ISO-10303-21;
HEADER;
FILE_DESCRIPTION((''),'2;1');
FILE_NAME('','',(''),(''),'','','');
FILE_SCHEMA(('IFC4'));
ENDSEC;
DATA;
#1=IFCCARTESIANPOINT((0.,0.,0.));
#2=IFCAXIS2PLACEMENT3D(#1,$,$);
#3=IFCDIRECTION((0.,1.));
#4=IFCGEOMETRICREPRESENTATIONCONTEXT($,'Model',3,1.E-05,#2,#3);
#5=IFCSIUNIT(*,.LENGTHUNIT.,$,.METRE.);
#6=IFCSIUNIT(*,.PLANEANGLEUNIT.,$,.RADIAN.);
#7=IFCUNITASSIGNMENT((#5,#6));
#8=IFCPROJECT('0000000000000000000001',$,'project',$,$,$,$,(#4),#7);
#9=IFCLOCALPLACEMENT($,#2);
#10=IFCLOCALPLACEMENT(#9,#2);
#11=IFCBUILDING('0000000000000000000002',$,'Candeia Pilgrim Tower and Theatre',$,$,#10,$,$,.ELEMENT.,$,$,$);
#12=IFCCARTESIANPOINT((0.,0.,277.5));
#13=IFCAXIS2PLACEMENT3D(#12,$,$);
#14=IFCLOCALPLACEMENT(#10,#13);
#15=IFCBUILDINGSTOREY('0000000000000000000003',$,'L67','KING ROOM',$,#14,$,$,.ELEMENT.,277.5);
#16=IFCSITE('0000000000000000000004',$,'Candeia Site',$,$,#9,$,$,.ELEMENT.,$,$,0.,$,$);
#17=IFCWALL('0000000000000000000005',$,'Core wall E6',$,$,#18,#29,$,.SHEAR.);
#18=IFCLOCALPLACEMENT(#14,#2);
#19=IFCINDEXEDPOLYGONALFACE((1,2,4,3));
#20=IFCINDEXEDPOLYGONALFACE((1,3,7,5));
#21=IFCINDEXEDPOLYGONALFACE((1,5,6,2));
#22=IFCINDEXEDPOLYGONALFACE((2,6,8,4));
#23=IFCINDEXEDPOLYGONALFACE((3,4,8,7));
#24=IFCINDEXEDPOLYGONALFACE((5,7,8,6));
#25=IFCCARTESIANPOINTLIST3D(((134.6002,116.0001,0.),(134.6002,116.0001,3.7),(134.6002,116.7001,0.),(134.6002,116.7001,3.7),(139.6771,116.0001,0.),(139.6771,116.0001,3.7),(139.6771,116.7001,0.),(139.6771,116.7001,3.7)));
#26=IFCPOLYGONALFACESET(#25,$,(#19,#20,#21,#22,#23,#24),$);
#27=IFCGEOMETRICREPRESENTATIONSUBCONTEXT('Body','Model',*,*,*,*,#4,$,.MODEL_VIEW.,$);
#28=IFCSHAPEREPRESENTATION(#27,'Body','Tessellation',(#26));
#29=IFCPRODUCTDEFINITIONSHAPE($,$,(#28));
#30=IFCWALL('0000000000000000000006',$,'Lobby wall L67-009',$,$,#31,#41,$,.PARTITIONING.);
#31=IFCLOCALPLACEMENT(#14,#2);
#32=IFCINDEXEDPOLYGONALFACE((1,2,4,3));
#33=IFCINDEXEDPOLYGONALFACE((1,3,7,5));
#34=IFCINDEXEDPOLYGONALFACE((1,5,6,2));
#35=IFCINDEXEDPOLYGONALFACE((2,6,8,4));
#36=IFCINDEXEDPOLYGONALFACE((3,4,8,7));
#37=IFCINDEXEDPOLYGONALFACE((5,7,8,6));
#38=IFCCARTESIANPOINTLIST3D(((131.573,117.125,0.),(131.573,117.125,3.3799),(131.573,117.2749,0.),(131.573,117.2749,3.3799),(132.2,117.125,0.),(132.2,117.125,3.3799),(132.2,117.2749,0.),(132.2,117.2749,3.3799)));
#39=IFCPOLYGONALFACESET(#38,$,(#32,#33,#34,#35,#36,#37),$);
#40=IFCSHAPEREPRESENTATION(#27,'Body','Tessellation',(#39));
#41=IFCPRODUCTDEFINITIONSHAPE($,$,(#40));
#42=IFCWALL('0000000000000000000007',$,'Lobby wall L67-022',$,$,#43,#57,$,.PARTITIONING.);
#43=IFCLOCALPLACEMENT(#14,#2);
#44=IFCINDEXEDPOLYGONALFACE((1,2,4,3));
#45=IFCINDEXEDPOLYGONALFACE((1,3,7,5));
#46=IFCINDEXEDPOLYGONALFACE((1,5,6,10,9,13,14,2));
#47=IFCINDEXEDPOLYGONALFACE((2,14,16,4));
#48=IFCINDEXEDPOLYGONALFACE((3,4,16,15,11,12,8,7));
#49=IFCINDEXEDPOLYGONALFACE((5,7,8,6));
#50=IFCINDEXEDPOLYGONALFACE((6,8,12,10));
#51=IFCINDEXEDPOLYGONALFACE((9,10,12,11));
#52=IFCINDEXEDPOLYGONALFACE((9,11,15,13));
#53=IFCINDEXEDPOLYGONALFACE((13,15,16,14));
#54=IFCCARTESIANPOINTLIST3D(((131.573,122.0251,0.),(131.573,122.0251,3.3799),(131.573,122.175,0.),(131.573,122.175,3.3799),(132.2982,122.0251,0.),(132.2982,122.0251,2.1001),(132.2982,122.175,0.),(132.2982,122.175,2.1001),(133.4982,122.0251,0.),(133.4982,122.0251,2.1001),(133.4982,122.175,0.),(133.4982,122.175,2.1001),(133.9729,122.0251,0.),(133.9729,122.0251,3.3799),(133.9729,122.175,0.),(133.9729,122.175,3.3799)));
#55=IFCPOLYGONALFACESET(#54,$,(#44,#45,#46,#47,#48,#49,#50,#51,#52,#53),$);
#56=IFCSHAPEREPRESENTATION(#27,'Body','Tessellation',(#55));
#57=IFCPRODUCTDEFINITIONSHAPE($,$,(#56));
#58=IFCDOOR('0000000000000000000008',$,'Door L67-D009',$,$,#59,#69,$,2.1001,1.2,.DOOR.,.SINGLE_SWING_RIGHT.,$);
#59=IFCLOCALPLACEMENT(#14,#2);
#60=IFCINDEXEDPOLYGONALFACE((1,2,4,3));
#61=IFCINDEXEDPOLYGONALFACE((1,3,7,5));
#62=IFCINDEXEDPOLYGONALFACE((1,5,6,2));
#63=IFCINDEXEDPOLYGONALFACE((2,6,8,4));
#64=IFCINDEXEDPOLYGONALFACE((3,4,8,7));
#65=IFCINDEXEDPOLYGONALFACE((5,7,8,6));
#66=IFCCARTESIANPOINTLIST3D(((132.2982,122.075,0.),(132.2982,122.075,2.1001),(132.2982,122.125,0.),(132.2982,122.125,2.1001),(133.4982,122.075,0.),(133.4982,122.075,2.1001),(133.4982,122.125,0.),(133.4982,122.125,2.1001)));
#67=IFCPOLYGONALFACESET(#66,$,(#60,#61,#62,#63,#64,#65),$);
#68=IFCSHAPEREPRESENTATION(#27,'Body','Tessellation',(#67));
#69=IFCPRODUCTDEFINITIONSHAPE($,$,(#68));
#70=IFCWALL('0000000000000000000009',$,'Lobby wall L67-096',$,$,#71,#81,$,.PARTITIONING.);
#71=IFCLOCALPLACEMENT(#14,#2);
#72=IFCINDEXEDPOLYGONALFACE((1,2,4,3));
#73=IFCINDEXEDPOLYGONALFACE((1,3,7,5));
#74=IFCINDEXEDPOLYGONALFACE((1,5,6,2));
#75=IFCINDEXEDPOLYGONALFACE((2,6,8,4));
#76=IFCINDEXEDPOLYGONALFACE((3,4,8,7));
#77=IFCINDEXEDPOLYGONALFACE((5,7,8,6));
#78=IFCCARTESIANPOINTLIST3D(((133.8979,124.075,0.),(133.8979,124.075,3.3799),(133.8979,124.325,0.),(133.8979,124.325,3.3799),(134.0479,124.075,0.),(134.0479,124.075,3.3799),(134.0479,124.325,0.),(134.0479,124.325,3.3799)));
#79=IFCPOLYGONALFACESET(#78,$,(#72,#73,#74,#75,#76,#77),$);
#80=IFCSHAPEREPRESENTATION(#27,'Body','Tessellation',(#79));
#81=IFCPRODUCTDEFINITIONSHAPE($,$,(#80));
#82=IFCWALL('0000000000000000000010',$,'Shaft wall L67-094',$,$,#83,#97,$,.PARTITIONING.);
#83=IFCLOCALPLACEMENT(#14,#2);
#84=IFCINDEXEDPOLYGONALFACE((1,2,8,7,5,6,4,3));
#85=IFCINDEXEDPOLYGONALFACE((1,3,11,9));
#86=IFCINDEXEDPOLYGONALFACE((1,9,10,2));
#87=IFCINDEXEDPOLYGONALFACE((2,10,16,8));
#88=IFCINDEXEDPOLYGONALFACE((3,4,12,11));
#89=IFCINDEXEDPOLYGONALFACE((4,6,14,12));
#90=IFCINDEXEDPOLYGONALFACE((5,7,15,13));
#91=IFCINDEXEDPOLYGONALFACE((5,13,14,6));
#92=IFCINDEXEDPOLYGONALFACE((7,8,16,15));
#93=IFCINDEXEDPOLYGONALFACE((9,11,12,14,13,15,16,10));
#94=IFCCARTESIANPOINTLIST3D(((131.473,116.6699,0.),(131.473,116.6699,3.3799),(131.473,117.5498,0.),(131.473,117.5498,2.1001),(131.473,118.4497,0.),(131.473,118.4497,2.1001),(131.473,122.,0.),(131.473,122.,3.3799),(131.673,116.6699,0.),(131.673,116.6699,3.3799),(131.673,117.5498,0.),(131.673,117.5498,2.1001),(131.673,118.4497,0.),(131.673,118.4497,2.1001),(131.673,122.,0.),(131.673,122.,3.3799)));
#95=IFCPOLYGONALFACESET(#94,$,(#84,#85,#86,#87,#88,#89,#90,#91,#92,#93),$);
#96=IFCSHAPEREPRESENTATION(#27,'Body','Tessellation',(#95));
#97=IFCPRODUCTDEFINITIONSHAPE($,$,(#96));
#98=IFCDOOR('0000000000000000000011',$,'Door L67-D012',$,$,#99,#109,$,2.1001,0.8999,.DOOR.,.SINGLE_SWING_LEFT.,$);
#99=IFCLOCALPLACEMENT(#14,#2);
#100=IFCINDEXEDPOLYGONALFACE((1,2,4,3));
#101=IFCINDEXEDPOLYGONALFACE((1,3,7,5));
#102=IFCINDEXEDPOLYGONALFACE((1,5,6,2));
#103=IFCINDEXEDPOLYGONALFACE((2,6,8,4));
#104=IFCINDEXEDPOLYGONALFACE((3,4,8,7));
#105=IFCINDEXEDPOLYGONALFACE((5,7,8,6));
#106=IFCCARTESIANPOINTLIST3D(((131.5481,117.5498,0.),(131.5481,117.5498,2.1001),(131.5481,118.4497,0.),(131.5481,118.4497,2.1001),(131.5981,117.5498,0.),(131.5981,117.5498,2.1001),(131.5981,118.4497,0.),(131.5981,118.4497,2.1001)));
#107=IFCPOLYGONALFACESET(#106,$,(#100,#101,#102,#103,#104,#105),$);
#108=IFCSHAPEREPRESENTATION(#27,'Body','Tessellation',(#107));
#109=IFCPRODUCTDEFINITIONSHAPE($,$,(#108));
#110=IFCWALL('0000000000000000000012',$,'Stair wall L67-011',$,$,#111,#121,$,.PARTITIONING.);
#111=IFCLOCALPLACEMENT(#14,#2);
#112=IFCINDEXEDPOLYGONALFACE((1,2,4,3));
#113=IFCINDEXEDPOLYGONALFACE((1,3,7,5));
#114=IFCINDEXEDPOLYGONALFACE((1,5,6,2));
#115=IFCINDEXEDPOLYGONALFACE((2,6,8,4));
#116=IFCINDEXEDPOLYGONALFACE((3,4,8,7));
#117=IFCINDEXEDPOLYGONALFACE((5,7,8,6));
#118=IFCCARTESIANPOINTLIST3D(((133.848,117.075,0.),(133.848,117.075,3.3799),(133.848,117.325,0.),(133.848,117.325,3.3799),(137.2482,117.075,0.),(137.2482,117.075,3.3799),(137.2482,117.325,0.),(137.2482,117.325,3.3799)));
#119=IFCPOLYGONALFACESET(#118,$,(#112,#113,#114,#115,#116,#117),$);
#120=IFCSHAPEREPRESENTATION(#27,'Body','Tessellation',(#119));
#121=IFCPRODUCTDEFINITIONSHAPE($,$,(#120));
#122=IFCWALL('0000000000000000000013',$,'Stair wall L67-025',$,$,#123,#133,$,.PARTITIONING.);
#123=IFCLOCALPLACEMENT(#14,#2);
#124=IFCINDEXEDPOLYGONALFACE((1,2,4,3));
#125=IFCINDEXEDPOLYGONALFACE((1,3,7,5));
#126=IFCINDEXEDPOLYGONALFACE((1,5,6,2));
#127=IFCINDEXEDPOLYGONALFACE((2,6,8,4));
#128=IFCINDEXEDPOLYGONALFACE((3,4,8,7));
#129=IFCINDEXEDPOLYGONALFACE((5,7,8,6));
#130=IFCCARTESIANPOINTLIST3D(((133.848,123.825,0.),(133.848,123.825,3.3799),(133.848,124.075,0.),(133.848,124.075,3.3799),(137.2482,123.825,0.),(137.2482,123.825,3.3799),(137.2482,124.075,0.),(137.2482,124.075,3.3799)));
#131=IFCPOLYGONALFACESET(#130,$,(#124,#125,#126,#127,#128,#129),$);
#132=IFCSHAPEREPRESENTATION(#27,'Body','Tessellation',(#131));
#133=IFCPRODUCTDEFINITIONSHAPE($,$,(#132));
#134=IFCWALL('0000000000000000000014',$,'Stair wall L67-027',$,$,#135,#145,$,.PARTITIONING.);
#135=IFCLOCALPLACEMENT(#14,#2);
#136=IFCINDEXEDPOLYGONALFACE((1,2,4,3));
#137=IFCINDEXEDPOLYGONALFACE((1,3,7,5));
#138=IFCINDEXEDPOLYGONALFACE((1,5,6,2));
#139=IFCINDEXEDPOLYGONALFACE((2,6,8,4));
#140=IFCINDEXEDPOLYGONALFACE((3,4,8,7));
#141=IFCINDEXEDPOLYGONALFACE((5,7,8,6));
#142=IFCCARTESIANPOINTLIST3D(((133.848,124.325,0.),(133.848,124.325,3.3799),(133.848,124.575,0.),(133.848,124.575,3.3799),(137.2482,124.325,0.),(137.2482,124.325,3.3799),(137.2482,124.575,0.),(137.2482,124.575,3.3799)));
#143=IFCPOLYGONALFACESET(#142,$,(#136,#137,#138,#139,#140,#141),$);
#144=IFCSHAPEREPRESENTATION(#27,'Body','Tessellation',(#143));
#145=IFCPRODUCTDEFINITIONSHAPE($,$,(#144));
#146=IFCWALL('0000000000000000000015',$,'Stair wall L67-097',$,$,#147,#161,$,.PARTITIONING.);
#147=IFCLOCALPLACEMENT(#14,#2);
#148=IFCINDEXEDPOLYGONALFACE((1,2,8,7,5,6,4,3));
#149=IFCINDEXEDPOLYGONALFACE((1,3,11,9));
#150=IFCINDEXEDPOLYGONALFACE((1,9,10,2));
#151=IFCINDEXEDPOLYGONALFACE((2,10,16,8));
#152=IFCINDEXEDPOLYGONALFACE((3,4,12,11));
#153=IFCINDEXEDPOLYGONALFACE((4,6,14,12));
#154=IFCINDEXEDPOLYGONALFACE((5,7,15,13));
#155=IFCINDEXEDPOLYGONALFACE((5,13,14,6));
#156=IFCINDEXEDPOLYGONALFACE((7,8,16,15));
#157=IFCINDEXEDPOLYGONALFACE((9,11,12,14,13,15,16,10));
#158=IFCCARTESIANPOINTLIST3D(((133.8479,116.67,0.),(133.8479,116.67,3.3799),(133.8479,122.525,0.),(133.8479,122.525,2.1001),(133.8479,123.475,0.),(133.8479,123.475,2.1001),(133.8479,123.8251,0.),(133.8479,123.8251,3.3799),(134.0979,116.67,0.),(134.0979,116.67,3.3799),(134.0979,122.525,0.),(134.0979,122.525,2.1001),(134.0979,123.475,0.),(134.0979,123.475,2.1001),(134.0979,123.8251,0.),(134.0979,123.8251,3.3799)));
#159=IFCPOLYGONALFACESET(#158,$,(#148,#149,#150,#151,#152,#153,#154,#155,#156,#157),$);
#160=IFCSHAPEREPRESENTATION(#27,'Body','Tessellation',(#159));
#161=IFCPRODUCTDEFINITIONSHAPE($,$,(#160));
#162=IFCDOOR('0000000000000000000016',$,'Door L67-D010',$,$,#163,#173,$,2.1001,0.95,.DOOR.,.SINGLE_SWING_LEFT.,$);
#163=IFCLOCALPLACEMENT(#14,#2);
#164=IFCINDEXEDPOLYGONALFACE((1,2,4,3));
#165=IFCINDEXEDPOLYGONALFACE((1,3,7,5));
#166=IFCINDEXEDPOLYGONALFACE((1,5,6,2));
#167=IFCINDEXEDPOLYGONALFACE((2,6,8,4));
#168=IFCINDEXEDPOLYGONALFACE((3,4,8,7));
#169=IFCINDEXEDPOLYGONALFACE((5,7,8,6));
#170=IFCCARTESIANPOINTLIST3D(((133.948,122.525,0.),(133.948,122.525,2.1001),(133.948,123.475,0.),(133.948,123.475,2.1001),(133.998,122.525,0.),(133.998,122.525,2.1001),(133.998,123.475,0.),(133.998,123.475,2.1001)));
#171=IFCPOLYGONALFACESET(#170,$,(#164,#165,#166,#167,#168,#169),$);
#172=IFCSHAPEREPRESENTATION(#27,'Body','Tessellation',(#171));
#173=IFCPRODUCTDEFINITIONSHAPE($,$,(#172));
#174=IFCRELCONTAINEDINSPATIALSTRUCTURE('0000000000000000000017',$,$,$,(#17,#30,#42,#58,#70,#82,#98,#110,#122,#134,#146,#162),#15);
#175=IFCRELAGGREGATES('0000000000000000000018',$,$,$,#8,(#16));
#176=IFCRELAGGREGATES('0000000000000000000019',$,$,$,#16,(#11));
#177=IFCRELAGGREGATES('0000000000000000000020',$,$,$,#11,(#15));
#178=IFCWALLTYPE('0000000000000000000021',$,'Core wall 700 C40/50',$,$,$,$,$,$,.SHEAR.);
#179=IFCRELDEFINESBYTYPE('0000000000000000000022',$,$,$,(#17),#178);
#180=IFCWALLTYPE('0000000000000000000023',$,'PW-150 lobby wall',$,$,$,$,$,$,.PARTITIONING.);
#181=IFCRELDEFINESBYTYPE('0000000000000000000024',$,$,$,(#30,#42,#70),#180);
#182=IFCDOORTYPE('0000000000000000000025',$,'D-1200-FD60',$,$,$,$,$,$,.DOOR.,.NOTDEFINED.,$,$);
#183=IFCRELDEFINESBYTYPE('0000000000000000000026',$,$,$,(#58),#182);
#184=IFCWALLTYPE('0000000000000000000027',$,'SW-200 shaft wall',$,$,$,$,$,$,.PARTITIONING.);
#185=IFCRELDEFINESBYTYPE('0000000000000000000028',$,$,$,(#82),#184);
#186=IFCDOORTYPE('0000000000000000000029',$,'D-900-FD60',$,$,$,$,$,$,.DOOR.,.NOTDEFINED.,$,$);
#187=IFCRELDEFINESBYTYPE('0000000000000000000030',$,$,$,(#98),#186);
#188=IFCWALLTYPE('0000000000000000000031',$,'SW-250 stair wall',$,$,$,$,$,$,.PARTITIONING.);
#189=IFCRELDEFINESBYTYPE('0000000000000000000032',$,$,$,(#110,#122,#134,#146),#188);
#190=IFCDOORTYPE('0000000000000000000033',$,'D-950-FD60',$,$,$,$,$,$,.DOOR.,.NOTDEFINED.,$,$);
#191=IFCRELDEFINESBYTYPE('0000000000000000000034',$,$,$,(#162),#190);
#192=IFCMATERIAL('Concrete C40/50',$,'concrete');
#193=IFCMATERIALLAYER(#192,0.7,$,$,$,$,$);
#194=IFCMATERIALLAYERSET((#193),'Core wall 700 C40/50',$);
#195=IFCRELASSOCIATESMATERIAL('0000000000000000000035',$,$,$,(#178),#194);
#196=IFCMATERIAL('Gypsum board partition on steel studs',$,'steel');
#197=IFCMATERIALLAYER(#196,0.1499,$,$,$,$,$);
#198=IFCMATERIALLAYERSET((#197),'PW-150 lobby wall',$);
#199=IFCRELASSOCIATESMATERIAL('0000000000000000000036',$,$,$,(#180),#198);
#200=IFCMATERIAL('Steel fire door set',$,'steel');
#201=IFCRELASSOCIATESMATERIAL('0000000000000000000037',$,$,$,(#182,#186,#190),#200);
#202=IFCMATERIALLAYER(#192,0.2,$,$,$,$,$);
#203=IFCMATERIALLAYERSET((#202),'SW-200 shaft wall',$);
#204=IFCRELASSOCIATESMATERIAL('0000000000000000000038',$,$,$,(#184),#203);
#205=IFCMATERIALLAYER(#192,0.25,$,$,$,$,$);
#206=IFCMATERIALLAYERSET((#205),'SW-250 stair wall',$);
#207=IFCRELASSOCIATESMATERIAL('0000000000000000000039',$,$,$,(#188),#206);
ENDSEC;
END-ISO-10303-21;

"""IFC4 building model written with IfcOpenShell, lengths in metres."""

from ifc_helpers import new_model, si_unit, direction, frame, frame_2d, origin, place, context, subcontext, project, spatial, rectangle, extrude, material, layer, layer_set, type_object, element, fill, save


model = new_model("IFC4")

# Units and contexts
model_context = context("Model", 3, precision=1e-05, world=origin(), true_north=direction((0.0, 1.0)))
body_context = subcontext(model_context, "Body", "Model", "MODEL_VIEW")
ifc_project = project(units=[si_unit("LENGTHUNIT", "METRE"), si_unit("PLANEANGLEUNIT", "RADIAN")], contexts=[model_context])

# Site, building, storey
site_placement = place(None, origin())
site = spatial("IfcSite", under=ifc_project, at=site_placement, Name="Candeia Site", CompositionType="ELEMENT", RefElevation=0.0)
building_placement = place(site_placement, origin())
building = spatial("IfcBuilding", under=site, at=building_placement, Name="Candeia Pilgrim Tower and Theatre", CompositionType="ELEMENT")
storey_placement = place(building_placement, frame((0.0, 0.0, 277.5)))
storey = spatial("IfcBuildingStorey", under=building, at=storey_placement, Name="L67", Description="KING ROOM", CompositionType="ELEMENT", Elevation=277.5)

# Walls
ifc_material_1 = material(Name="Concrete C40/50", Category="concrete")
ifc_layer_1 = layer(ifc_material_1, 0.7)
ifc_layer_set_1 = layer_set([ifc_layer_1], Name="Core wall 700 C40/50")
wall_type_1 = type_object("IfcWallType", Name="Core wall 700 C40/50", PredefinedType="SHEAR", material=ifc_layer_set_1)
wall_1_placement = place(storey_placement, frame((134.6001, 116.3501, 0.0), z_axis=(0.0, 0.0, 1.0), x_axis=(1.0, 0.0, 0.0)))
element("IfcWall", 1, at=wall_1_placement, inside=storey, type_object=wall_type_1, Name="Core wall E6", PredefinedType="SHEAR", context=body_context, shape_type="SweptSolid", body=[
    extrude(rectangle(XDim=5.0769, YDim=0.7, at=frame_2d((2.5386, 0.0))), origin(), (0.0, 0.0, 1.0), 3.7),
])
ifc_material_2 = material(Name="Gypsum board partition on steel studs", Category="steel")
ifc_layer_2 = layer(ifc_material_2, 0.1499)
ifc_layer_set_2 = layer_set([ifc_layer_2], Name="PW-150 lobby wall")
wall_type_2 = type_object("IfcWallType", Name="PW-150 lobby wall", PredefinedType="PARTITIONING", material=ifc_layer_set_2)
wall_2_placement = place(storey_placement, frame((131.573, 117.2, 0.0), z_axis=(0.0, 0.0, 1.0), x_axis=(1.0, 0.0, 0.0)))
element("IfcWall", 2, at=wall_2_placement, inside=storey, type_object=wall_type_2, Name="Lobby wall L67-009", PredefinedType="PARTITIONING", context=body_context, shape_type="SweptSolid", body=[
    extrude(rectangle(XDim=0.627, YDim=0.1499, at=frame_2d((0.3135, 0.0))), origin(), (0.0, 0.0, 1.0), 3.3799),
])

# Wall, opening, door
wall_3_placement = place(storey_placement, frame((131.573, 122.1001, 0.0), z_axis=(0.0, 0.0, 1.0), x_axis=(1.0, 0.0, 0.0)))
wall_3 = element("IfcWall", 3, at=wall_3_placement, inside=storey, type_object=wall_type_2, Name="Lobby wall L67-022", PredefinedType="PARTITIONING", context=body_context, shape_type="SweptSolid", body=[
    extrude(rectangle(XDim=2.3999, YDim=0.1499, at=frame_2d((1.2, 0.0))), origin(), (0.0, 0.0, 1.0), 3.3799),
])
opening_1_placement = place(wall_3_placement, frame((0.7251, 0.0, 0.0)))
opening_1 = element("IfcOpeningElement", 4, at=opening_1_placement, cuts=wall_3, PredefinedType="OPENING", context=body_context, shape_type="SweptSolid", body=[
    extrude(rectangle(XDim=1.2, YDim=2.1001, at=frame_2d((0.6001, 1.05))), frame((0.0, 0.085, 0.0), z_axis=(0.0, -1.0, 0.0), x_axis=(1.0, 0.0, 0.0)), (0.0, 0.0, 1.0), 0.1699),
])
ifc_material_3 = material(Name="Steel fire door set", Category="steel")
door_type_1 = type_object("IfcDoorType", Name="D-1200-FD60", OperationType="NOTDEFINED", PredefinedType="DOOR", material=ifc_material_3)
door_1_placement = place(opening_1_placement, origin())
door_1 = element("IfcDoor", 5, at=door_1_placement, inside=storey, type_object=door_type_1, Name="Door L67-D009", OperationType="SINGLE_SWING_RIGHT", OverallHeight=2.1001, OverallWidth=1.2, PredefinedType="DOOR", context=body_context, shape_type="SweptSolid", body=[
    extrude(rectangle(XDim=1.2, YDim=2.1001, at=frame_2d((0.6001, 1.05))), frame((0.0, 0.0249, 0.0), z_axis=(0.0, -1.0, 0.0), x_axis=(1.0, 0.0, 0.0)), (0.0, 0.0, 1.0), 0.05),
])
fill(opening_1, door_1)

# Wall
wall_4_placement = place(storey_placement, frame((133.9729, 124.075, 0.0), z_axis=(0.0, 0.0, 1.0), x_axis=(0.0, 1.0, 0.0)))
element("IfcWall", 6, at=wall_4_placement, inside=storey, type_object=wall_type_2, Name="Lobby wall L67-096", PredefinedType="PARTITIONING", context=body_context, shape_type="SweptSolid", body=[
    extrude(rectangle(XDim=0.25, YDim=0.1499, at=frame_2d((0.125, 0.0))), origin(), (0.0, 0.0, 1.0), 3.3799),
])

# Wall, opening, door
ifc_layer_3 = layer(ifc_material_1, 0.2)
ifc_layer_set_3 = layer_set([ifc_layer_3], Name="SW-200 shaft wall")
wall_type_3 = type_object("IfcWallType", Name="SW-200 shaft wall", PredefinedType="PARTITIONING", material=ifc_layer_set_3)
wall_5_placement = place(storey_placement, frame((131.573, 116.6699, 0.0), z_axis=(0.0, 0.0, 1.0), x_axis=(0.0, 1.0, 0.0)))
wall_5 = element("IfcWall", 7, at=wall_5_placement, inside=storey, type_object=wall_type_3, Name="Shaft wall L67-094", PredefinedType="PARTITIONING", context=body_context, shape_type="SweptSolid", body=[
    extrude(rectangle(XDim=5.3301, YDim=0.2, at=frame_2d((2.665, 0.0))), origin(), (0.0, 0.0, 1.0), 3.3799),
])
opening_2_placement = place(wall_5_placement, frame((0.8799, 0.0, 0.0)))
opening_2 = element("IfcOpeningElement", 8, at=opening_2_placement, cuts=wall_5, PredefinedType="OPENING", context=body_context, shape_type="SweptSolid", body=[
    extrude(rectangle(XDim=0.8999, YDim=2.1001, at=frame_2d((0.45, 1.05))), frame((0.0, 0.1099, 0.0), z_axis=(0.0, -1.0, 0.0), x_axis=(1.0, 0.0, 0.0)), (0.0, 0.0, 1.0), 0.22),
])
door_type_2 = type_object("IfcDoorType", Name="D-900-FD60", OperationType="NOTDEFINED", PredefinedType="DOOR", material=ifc_material_3)
door_2_placement = place(opening_2_placement, origin())
door_2 = element("IfcDoor", 9, at=door_2_placement, inside=storey, type_object=door_type_2, Name="Door L67-D012", OperationType="SINGLE_SWING_LEFT", OverallHeight=2.1001, OverallWidth=0.8999, PredefinedType="DOOR", context=body_context, shape_type="SweptSolid", body=[
    extrude(rectangle(XDim=0.8999, YDim=2.1001, at=frame_2d((0.45, 1.05))), frame((0.0, 0.0249, 0.0), z_axis=(0.0, -1.0, 0.0), x_axis=(1.0, 0.0, 0.0)), (0.0, 0.0, 1.0), 0.05),
])
fill(opening_2, door_2)

# Walls
ifc_layer_4 = layer(ifc_material_1, 0.25)
ifc_layer_set_4 = layer_set([ifc_layer_4], Name="SW-250 stair wall")
wall_type_4 = type_object("IfcWallType", Name="SW-250 stair wall", PredefinedType="PARTITIONING", material=ifc_layer_set_4)
for number, where, z_axis, x_axis, name in (
    (10, (133.8479, 117.2, 0.0), (0.0, 0.0, 1.0), (1.0, 0.0, 0.0), "Stair wall L67-011"),
    (11, (133.8479, 123.95, 0.0), (0.0, 0.0, 1.0), (1.0, 0.0, 0.0), "Stair wall L67-025"),
    (12, (133.8479, 124.45, 0.0), (0.0, 0.0, 1.0), (1.0, 0.0, 0.0), "Stair wall L67-027"),
):
    element("IfcWall", number, at=place(storey_placement, frame(where, z_axis=z_axis, x_axis=x_axis)), inside=storey, type_object=wall_type_4, Name=name, PredefinedType="PARTITIONING", context=body_context, shape_type="SweptSolid", body=[
        extrude(rectangle(XDim=3.4001, YDim=0.25, at=frame_2d((1.7002, 0.0))), origin(), (0.0, 0.0, 1.0), 3.3799),
    ])

# Wall, opening, door
wall_6_placement = place(storey_placement, frame((133.9729, 116.6699, 0.0), z_axis=(0.0, 0.0, 1.0), x_axis=(0.0, 1.0, 0.0)))
wall_6 = element("IfcWall", 13, at=wall_6_placement, inside=storey, type_object=wall_type_4, Name="Stair wall L67-097", PredefinedType="PARTITIONING", context=body_context, shape_type="SweptSolid", body=[
    extrude(rectangle(XDim=7.155, YDim=0.25, at=frame_2d((3.5776, 0.0))), origin(), (0.0, 0.0, 1.0), 3.3799),
])
opening_3_placement = place(wall_6_placement, frame((5.855, 0.0, 0.0)))
opening_3 = element("IfcOpeningElement", 14, at=opening_3_placement, cuts=wall_6, PredefinedType="OPENING", context=body_context, shape_type="SweptSolid", body=[
    extrude(rectangle(XDim=0.95, YDim=2.1001, at=frame_2d((0.4751, 1.05))), frame((0.0, 0.135, 0.0), z_axis=(0.0, -1.0, 0.0), x_axis=(1.0, 0.0, 0.0)), (0.0, 0.0, 1.0), 0.27),
])
door_type_3 = type_object("IfcDoorType", Name="D-950-FD60", OperationType="NOTDEFINED", PredefinedType="DOOR", material=ifc_material_3)
door_3_placement = place(opening_3_placement, origin())
door_3 = element("IfcDoor", 15, at=door_3_placement, inside=storey, type_object=door_type_3, Name="Door L67-D010", OperationType="SINGLE_SWING_LEFT", OverallHeight=2.1001, OverallWidth=0.95, PredefinedType="DOOR", context=body_context, shape_type="SweptSolid", body=[
    extrude(rectangle(XDim=0.95, YDim=2.1001, at=frame_2d((0.4751, 1.05))), frame((0.0, 0.0249, 0.0), z_axis=(0.0, -1.0, 0.0), x_axis=(1.0, 0.0, 0.0)), (0.0, 0.0, 1.0), 0.05),
])
fill(opening_3, door_3)

save(model, "model.ifc")
